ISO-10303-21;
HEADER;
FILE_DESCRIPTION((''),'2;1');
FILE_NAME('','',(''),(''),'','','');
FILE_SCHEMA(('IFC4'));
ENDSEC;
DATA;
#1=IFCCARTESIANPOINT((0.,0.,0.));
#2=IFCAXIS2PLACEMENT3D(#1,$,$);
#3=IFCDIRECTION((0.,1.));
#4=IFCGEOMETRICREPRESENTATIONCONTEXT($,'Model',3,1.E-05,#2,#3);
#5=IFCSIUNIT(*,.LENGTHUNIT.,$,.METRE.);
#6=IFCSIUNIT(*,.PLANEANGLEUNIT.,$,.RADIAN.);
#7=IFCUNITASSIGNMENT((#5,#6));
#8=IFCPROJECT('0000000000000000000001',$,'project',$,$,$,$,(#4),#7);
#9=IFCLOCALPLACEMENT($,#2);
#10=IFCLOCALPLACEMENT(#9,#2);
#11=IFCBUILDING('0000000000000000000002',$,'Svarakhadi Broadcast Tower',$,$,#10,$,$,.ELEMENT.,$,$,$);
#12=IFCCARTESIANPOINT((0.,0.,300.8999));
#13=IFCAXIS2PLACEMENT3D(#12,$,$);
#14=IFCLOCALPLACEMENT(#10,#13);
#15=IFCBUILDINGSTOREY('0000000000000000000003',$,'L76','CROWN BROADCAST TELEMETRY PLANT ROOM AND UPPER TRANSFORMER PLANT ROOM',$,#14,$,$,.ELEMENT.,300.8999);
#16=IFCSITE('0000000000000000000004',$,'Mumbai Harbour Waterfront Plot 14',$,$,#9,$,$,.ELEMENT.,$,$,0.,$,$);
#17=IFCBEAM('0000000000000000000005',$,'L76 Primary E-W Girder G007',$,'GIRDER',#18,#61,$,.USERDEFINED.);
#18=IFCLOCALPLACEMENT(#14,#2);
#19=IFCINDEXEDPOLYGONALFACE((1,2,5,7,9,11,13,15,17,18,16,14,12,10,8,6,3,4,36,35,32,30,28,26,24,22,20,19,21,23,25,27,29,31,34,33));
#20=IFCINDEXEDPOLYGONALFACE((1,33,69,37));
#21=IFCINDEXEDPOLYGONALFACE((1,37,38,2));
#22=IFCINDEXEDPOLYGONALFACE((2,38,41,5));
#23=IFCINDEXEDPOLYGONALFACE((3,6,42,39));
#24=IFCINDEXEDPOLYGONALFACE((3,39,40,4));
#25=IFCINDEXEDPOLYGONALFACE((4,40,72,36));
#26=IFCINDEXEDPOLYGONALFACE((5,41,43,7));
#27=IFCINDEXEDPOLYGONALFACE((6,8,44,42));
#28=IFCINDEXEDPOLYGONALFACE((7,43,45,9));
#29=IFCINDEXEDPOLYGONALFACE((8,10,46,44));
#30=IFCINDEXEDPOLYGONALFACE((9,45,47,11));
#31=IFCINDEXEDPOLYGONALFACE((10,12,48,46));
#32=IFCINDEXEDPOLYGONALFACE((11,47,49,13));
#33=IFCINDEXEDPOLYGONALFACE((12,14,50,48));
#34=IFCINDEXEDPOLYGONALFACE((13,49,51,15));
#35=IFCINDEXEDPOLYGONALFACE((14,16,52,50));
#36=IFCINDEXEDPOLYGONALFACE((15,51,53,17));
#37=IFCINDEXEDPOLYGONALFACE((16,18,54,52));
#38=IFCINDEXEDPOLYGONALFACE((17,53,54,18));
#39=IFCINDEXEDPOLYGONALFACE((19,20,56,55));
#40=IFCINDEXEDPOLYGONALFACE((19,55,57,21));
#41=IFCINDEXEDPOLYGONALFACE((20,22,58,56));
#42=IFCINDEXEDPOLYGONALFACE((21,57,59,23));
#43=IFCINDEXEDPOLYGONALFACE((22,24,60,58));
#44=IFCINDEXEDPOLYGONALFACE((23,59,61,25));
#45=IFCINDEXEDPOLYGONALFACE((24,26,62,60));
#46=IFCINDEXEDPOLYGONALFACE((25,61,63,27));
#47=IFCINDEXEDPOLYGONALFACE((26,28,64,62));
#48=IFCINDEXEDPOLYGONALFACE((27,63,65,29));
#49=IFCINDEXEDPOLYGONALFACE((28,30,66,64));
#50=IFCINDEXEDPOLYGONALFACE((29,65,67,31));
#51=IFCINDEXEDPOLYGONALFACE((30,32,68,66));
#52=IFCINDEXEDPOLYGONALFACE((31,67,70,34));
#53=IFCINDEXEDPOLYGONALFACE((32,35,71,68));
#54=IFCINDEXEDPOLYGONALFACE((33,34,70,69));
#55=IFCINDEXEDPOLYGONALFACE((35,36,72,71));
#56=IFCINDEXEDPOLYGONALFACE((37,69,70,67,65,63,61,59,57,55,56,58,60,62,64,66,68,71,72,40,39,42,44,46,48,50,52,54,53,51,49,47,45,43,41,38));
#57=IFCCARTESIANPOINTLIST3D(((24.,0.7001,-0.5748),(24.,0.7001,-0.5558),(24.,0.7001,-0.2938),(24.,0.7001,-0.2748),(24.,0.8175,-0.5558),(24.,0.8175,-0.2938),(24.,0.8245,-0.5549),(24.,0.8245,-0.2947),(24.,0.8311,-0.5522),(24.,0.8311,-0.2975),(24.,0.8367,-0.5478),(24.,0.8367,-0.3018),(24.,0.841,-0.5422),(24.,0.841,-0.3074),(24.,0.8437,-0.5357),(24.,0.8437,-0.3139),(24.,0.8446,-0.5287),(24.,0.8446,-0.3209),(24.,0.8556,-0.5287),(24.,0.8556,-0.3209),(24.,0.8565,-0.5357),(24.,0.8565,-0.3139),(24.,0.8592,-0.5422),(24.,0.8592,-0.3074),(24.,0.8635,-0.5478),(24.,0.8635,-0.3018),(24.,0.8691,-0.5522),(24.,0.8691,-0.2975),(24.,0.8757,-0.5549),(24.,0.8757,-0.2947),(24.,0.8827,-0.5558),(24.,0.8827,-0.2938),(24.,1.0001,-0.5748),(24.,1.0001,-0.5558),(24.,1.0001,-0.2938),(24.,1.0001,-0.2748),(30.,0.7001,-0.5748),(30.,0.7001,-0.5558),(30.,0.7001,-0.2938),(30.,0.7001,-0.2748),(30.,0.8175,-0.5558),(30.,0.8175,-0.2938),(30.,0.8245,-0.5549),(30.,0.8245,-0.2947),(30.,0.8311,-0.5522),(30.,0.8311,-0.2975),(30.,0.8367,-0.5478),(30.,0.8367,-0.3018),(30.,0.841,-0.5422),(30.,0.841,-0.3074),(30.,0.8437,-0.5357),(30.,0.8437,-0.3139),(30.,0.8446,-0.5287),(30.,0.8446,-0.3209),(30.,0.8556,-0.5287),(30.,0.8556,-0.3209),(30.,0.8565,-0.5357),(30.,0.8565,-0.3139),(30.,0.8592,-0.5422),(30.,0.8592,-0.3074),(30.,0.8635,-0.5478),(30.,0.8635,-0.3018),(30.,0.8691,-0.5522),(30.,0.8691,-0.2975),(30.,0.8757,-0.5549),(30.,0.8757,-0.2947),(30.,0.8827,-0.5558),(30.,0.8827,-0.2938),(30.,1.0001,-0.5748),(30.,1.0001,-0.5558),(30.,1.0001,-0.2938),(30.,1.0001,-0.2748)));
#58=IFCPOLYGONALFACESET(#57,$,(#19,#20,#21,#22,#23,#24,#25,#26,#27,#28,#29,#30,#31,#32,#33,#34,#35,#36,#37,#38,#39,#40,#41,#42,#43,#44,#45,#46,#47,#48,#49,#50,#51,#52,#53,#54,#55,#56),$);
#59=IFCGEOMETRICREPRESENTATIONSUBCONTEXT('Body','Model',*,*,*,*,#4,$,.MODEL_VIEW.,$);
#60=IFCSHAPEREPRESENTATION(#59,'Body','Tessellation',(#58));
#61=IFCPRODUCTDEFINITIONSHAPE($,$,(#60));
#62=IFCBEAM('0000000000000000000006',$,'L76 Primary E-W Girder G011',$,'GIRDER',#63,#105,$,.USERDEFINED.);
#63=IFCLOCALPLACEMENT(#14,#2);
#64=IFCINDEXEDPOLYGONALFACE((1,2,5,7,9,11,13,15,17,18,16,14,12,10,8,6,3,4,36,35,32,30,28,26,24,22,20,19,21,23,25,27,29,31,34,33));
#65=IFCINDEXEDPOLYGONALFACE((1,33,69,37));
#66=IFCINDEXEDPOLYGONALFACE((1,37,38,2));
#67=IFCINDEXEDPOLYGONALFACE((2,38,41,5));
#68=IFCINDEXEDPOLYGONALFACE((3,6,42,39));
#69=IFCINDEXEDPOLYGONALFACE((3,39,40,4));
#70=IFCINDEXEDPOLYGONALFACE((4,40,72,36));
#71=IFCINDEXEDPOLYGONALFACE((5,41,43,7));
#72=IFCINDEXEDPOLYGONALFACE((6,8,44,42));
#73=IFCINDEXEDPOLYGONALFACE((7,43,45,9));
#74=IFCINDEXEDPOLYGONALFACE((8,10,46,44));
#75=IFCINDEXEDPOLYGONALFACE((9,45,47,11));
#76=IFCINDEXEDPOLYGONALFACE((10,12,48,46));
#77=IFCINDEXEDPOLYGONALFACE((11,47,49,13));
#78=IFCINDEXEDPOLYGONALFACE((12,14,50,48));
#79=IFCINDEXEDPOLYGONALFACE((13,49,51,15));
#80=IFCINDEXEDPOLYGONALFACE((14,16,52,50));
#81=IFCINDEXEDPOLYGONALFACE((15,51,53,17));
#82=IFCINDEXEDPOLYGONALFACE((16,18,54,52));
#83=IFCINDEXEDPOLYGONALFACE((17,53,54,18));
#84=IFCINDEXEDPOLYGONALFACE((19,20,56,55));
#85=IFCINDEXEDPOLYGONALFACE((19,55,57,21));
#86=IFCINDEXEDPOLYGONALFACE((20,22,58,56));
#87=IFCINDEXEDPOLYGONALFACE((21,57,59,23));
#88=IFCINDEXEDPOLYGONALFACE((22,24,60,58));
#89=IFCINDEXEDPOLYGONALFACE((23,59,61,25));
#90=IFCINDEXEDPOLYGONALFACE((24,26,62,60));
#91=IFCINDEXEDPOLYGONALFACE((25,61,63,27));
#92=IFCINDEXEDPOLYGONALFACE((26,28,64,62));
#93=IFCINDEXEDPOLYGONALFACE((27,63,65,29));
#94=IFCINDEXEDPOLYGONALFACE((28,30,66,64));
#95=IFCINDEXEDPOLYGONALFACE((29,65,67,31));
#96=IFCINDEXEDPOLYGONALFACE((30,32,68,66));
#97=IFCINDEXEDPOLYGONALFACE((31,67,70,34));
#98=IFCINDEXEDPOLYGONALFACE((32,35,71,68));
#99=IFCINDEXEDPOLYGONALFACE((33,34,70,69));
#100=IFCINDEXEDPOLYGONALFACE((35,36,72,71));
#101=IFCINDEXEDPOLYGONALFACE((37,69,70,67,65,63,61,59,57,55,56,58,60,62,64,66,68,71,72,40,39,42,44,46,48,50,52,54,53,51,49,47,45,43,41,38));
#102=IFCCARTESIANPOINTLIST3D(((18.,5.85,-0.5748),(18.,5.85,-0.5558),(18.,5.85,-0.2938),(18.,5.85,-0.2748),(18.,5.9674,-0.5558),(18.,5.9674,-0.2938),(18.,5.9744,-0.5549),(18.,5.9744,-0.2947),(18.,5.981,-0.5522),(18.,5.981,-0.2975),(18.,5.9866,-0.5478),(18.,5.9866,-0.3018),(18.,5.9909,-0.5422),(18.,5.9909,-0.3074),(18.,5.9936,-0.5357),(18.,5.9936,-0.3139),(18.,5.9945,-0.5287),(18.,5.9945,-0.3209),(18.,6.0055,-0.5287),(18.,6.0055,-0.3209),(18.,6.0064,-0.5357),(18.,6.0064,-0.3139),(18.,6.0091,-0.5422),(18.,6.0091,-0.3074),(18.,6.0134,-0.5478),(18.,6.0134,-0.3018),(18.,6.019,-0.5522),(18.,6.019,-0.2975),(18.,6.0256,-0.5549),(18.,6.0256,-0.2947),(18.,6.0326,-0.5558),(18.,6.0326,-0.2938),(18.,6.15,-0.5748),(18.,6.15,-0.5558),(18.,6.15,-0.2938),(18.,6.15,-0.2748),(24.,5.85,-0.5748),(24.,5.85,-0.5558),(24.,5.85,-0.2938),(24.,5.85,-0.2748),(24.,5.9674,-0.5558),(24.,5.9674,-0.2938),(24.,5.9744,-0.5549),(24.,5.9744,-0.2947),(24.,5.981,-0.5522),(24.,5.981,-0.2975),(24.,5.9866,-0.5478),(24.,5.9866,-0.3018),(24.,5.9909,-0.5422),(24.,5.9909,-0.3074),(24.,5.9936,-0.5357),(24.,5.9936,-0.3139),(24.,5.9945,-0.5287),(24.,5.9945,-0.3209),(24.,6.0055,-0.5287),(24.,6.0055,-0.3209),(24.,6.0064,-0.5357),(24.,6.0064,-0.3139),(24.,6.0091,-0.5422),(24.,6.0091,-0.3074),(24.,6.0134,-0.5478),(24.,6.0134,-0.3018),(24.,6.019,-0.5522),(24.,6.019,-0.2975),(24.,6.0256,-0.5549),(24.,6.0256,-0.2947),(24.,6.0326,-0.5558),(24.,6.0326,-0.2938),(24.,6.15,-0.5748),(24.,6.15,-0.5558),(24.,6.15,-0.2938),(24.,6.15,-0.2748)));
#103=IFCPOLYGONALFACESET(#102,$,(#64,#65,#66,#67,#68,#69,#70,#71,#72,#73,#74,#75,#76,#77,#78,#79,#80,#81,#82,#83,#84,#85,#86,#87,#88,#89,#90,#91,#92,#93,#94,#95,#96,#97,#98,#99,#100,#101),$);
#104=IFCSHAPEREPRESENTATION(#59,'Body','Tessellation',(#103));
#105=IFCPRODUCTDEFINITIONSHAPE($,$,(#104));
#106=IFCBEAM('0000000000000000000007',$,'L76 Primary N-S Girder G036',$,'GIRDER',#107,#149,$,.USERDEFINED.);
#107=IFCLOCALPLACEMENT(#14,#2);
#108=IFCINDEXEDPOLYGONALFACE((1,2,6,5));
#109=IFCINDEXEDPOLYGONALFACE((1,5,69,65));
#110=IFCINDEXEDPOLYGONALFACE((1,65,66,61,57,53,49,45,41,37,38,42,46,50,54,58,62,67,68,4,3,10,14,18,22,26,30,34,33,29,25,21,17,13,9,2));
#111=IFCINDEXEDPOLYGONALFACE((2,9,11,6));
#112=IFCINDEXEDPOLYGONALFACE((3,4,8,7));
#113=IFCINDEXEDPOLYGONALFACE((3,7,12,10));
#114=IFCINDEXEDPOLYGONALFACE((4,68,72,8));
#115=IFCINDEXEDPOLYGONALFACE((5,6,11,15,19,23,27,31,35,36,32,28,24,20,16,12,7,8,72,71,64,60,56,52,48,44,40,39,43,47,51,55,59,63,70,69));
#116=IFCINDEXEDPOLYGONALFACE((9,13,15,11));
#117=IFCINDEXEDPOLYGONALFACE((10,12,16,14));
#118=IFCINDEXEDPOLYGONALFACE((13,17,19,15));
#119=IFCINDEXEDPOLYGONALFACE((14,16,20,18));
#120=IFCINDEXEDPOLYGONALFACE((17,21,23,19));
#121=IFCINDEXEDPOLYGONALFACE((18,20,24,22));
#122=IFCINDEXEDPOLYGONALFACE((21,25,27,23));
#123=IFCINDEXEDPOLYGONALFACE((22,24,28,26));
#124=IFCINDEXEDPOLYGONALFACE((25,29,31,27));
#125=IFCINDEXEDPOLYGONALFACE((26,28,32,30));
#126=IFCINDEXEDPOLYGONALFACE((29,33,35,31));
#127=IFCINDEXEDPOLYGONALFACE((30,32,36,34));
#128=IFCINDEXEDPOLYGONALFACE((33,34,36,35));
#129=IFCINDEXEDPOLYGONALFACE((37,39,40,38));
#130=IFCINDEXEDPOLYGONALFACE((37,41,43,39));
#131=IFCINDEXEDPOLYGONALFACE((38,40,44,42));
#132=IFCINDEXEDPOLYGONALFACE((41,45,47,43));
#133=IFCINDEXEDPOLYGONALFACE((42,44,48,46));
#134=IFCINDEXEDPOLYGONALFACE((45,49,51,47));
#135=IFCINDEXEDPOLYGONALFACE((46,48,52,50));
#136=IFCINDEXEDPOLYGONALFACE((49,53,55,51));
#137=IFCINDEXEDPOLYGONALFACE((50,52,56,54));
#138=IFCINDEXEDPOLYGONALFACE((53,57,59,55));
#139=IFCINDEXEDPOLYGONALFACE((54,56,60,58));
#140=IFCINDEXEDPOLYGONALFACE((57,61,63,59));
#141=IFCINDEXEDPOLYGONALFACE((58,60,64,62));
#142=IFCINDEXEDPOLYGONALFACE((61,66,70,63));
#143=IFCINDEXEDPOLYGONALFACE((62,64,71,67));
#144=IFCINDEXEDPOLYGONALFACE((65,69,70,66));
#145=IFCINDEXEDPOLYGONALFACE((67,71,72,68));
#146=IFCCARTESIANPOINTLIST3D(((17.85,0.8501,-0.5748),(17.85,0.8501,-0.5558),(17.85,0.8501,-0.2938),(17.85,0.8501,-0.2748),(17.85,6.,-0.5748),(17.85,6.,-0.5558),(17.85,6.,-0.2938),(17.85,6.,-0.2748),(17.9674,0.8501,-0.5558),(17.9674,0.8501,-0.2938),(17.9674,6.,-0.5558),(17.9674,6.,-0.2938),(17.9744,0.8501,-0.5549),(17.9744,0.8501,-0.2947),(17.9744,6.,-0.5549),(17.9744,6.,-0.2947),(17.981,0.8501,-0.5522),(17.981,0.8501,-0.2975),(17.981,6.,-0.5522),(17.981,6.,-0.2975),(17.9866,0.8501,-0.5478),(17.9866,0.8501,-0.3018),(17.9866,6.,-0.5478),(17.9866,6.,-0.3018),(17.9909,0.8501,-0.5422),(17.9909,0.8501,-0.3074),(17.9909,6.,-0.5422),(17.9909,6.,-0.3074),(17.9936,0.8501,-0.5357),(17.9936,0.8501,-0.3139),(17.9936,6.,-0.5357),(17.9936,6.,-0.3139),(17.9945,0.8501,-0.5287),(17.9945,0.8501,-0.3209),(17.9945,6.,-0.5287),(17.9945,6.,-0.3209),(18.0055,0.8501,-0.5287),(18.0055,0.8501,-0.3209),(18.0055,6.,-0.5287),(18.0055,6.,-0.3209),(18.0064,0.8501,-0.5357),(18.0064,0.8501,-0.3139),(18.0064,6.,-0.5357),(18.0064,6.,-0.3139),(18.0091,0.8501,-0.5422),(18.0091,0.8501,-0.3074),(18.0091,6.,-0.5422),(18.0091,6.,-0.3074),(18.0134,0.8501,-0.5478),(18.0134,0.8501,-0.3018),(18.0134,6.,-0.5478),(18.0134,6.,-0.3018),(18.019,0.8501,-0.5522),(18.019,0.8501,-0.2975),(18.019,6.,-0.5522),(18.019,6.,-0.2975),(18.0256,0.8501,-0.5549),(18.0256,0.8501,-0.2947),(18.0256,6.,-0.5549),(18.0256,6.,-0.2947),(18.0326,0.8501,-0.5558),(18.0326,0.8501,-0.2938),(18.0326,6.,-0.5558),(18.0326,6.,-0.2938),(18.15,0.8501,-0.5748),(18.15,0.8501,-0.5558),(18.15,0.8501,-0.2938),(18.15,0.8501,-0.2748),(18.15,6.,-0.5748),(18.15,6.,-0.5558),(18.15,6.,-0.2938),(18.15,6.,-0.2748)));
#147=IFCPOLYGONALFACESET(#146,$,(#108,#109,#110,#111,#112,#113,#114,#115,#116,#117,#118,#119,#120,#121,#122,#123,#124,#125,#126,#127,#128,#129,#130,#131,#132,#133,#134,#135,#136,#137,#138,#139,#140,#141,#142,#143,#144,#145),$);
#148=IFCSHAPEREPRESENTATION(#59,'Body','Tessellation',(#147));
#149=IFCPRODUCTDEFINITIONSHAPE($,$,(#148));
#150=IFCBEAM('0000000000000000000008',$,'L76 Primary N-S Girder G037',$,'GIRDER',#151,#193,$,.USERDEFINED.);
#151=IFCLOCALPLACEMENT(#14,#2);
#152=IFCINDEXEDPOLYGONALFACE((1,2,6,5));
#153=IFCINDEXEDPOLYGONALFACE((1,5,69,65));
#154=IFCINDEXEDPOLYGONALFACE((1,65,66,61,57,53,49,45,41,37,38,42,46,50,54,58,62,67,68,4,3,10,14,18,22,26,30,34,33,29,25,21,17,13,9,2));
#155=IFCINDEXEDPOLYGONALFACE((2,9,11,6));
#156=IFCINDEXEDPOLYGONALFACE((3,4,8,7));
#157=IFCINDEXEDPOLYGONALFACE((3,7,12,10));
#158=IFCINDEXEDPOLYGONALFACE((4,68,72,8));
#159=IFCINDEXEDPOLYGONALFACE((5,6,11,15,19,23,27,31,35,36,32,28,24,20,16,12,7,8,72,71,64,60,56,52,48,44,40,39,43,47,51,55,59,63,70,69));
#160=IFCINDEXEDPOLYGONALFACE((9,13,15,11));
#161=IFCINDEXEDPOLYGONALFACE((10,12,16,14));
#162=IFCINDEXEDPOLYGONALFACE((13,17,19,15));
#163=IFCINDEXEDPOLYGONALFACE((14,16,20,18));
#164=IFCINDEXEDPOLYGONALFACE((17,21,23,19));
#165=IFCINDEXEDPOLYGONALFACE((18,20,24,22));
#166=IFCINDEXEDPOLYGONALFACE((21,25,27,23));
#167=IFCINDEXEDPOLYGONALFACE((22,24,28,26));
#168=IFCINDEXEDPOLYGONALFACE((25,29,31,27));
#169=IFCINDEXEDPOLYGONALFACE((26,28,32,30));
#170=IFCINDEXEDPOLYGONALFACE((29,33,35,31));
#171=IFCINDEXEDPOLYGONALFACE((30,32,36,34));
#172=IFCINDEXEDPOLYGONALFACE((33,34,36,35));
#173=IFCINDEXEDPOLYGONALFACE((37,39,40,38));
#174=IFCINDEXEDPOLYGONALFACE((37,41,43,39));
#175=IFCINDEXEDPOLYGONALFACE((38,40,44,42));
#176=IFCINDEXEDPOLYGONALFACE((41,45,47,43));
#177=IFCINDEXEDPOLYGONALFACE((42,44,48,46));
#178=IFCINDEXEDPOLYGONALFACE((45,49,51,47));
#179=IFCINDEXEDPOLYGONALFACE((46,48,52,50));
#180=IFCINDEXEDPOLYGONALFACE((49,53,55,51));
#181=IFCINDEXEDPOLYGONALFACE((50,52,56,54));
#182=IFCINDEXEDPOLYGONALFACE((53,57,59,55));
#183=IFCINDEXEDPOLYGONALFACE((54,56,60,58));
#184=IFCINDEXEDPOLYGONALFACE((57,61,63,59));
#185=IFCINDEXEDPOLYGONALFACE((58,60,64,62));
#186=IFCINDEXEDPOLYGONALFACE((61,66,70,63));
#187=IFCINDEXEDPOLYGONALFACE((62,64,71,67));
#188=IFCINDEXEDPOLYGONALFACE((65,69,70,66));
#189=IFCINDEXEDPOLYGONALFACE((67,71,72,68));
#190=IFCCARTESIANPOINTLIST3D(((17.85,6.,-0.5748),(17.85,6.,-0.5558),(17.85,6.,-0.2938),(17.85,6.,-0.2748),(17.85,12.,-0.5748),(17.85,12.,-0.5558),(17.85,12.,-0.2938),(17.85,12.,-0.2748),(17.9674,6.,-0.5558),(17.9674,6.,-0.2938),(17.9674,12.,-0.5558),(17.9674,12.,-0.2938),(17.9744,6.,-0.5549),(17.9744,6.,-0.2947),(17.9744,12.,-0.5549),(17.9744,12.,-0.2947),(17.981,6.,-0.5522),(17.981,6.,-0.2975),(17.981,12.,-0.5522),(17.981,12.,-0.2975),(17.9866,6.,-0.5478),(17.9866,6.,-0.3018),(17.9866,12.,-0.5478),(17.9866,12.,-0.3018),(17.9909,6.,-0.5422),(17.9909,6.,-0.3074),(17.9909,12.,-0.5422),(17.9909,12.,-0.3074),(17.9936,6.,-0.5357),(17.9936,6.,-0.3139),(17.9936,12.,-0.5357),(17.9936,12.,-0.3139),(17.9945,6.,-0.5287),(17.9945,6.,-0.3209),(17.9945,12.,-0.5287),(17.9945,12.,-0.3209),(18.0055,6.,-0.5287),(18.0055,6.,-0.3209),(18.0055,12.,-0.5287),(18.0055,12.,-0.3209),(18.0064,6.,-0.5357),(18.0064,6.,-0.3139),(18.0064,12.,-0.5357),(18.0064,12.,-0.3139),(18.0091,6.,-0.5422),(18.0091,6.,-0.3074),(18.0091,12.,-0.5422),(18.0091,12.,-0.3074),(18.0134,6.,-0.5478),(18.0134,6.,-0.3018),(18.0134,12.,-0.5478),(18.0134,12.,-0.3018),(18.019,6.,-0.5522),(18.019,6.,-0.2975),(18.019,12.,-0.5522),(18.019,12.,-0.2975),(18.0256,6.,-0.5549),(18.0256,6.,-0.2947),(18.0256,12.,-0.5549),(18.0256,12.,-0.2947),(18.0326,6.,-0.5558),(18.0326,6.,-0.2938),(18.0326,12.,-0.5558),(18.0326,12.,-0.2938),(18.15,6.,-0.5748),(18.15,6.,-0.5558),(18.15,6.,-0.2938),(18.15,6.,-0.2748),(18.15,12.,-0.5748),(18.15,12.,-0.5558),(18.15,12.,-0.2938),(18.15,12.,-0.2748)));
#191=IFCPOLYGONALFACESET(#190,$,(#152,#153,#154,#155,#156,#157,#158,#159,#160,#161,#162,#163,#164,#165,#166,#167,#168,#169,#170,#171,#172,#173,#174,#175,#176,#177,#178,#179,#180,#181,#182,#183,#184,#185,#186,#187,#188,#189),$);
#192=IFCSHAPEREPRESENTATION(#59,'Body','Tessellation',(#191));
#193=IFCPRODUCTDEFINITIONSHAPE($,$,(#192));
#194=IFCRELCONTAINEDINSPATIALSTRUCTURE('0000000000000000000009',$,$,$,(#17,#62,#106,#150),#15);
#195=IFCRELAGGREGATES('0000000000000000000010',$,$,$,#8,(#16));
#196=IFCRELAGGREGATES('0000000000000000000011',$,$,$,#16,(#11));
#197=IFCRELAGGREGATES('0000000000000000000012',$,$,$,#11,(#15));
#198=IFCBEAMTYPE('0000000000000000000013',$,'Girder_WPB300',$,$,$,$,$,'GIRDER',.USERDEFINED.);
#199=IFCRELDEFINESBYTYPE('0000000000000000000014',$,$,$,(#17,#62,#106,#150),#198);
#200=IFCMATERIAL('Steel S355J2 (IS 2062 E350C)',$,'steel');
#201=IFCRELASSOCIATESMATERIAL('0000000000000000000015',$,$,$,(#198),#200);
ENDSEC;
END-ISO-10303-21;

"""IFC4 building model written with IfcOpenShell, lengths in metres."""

from ifc_helpers import new_model, si_unit, direction, frame, origin, origin_2d, place, context, subcontext, project, spatial, i_section, extrude, material, material_profile, profile_set, type_object, element, save


model = new_model("IFC4")

# Units and contexts
model_context = context("Model", 3, precision=1e-05, world=origin(), true_north=direction((0.0, 1.0)))
body_context = subcontext(model_context, "Body", "Model", "MODEL_VIEW")
ifc_project = project(units=[si_unit("LENGTHUNIT", "METRE"), si_unit("PLANEANGLEUNIT", "RADIAN")], contexts=[model_context])

# Site, building, storey
site_placement = place(None, origin())
site = spatial("IfcSite", under=ifc_project, at=site_placement, Name="Mumbai Harbour Waterfront Plot 14", CompositionType="ELEMENT", RefElevation=0.0)
building_placement = place(site_placement, origin())
building = spatial("IfcBuilding", under=site, at=building_placement, Name="Svarakhadi Broadcast Tower", CompositionType="ELEMENT")
storey_placement = place(building_placement, frame((0.0, 0.0, 300.8999)))
storey = spatial("IfcBuildingStorey", under=building, at=storey_placement, Name="L76", Description="CROWN BROADCAST TELEMETRY PLANT ROOM AND UPPER TRANSFORMER PLANT ROOM", CompositionType="ELEMENT", Elevation=300.8999)

# Shared definitions
ifc_material_1 = material(Name="Steel S355J2 (IS 2062 E350C)", Category="steel")

# Beams
ifc_material_profile_1 = material_profile(ifc_material_1, i_section(OverallWidth=0.3, OverallDepth=0.3, WebThickness=0.011, FlangeThickness=0.019, FilletRadius=0.0271, at=origin_2d()), Name="WPB 300x300x117")
ifc_profile_set_1 = profile_set([ifc_material_profile_1], Name="Steel S355J2 (IS 2062 E350C)")
beam_type_1 = type_object("IfcBeamType", Name="Girder_WPB300", ElementType="GIRDER", PredefinedType="USERDEFINED", material=ifc_profile_set_1)
for number, where, z_axis, x_axis, name in (
    (1, (24.0, 0.8501, -0.4248), (1.0, 0.0, 0.0), (0.0, 1.0, 0.0), "L76 Primary E-W Girder G007"),
    (2, (18.0, 6.0, -0.4248), (1.0, 0.0, 0.0), (0.0, 1.0, 0.0), "L76 Primary E-W Girder G011"),
):
    element("IfcBeam", number, at=place(storey_placement, frame(where, z_axis=z_axis, x_axis=x_axis)), inside=storey, type_object=beam_type_1, Name=name, ObjectType="GIRDER", PredefinedType="USERDEFINED", context=body_context, shape_type="SweptSolid", body=[
        extrude(i_section(OverallWidth=0.3, OverallDepth=0.3, WebThickness=0.011, FlangeThickness=0.019, FilletRadius=0.0271, at=origin_2d()), origin(), (0.0, 0.0, 1.0), 6.0),
    ])
beam_1_placement = place(storey_placement, frame((18.0, 0.8501, -0.4248), z_axis=(0.0, 1.0, 0.0), x_axis=(-1.0, 0.0, 0.0)))
element("IfcBeam", 3, at=beam_1_placement, inside=storey, type_object=beam_type_1, Name="L76 Primary N-S Girder G036", ObjectType="GIRDER", PredefinedType="USERDEFINED", context=body_context, shape_type="SweptSolid", body=[
    extrude(i_section(OverallWidth=0.3, OverallDepth=0.3, WebThickness=0.011, FlangeThickness=0.019, FilletRadius=0.0271, at=origin_2d()), origin(), (0.0, 0.0, 1.0), 5.1499),
])
beam_2_placement = place(storey_placement, frame((18.0, 6.0, -0.4248), z_axis=(0.0, 1.0, 0.0), x_axis=(-1.0, 0.0, 0.0)))
element("IfcBeam", 4, at=beam_2_placement, inside=storey, type_object=beam_type_1, Name="L76 Primary N-S Girder G037", ObjectType="GIRDER", PredefinedType="USERDEFINED", context=body_context, shape_type="SweptSolid", body=[
    extrude(i_section(OverallWidth=0.3, OverallDepth=0.3, WebThickness=0.011, FlangeThickness=0.019, FilletRadius=0.0271, at=origin_2d()), origin(), (0.0, 0.0, 1.0), 6.0),
])

save(model, "model.ifc")
